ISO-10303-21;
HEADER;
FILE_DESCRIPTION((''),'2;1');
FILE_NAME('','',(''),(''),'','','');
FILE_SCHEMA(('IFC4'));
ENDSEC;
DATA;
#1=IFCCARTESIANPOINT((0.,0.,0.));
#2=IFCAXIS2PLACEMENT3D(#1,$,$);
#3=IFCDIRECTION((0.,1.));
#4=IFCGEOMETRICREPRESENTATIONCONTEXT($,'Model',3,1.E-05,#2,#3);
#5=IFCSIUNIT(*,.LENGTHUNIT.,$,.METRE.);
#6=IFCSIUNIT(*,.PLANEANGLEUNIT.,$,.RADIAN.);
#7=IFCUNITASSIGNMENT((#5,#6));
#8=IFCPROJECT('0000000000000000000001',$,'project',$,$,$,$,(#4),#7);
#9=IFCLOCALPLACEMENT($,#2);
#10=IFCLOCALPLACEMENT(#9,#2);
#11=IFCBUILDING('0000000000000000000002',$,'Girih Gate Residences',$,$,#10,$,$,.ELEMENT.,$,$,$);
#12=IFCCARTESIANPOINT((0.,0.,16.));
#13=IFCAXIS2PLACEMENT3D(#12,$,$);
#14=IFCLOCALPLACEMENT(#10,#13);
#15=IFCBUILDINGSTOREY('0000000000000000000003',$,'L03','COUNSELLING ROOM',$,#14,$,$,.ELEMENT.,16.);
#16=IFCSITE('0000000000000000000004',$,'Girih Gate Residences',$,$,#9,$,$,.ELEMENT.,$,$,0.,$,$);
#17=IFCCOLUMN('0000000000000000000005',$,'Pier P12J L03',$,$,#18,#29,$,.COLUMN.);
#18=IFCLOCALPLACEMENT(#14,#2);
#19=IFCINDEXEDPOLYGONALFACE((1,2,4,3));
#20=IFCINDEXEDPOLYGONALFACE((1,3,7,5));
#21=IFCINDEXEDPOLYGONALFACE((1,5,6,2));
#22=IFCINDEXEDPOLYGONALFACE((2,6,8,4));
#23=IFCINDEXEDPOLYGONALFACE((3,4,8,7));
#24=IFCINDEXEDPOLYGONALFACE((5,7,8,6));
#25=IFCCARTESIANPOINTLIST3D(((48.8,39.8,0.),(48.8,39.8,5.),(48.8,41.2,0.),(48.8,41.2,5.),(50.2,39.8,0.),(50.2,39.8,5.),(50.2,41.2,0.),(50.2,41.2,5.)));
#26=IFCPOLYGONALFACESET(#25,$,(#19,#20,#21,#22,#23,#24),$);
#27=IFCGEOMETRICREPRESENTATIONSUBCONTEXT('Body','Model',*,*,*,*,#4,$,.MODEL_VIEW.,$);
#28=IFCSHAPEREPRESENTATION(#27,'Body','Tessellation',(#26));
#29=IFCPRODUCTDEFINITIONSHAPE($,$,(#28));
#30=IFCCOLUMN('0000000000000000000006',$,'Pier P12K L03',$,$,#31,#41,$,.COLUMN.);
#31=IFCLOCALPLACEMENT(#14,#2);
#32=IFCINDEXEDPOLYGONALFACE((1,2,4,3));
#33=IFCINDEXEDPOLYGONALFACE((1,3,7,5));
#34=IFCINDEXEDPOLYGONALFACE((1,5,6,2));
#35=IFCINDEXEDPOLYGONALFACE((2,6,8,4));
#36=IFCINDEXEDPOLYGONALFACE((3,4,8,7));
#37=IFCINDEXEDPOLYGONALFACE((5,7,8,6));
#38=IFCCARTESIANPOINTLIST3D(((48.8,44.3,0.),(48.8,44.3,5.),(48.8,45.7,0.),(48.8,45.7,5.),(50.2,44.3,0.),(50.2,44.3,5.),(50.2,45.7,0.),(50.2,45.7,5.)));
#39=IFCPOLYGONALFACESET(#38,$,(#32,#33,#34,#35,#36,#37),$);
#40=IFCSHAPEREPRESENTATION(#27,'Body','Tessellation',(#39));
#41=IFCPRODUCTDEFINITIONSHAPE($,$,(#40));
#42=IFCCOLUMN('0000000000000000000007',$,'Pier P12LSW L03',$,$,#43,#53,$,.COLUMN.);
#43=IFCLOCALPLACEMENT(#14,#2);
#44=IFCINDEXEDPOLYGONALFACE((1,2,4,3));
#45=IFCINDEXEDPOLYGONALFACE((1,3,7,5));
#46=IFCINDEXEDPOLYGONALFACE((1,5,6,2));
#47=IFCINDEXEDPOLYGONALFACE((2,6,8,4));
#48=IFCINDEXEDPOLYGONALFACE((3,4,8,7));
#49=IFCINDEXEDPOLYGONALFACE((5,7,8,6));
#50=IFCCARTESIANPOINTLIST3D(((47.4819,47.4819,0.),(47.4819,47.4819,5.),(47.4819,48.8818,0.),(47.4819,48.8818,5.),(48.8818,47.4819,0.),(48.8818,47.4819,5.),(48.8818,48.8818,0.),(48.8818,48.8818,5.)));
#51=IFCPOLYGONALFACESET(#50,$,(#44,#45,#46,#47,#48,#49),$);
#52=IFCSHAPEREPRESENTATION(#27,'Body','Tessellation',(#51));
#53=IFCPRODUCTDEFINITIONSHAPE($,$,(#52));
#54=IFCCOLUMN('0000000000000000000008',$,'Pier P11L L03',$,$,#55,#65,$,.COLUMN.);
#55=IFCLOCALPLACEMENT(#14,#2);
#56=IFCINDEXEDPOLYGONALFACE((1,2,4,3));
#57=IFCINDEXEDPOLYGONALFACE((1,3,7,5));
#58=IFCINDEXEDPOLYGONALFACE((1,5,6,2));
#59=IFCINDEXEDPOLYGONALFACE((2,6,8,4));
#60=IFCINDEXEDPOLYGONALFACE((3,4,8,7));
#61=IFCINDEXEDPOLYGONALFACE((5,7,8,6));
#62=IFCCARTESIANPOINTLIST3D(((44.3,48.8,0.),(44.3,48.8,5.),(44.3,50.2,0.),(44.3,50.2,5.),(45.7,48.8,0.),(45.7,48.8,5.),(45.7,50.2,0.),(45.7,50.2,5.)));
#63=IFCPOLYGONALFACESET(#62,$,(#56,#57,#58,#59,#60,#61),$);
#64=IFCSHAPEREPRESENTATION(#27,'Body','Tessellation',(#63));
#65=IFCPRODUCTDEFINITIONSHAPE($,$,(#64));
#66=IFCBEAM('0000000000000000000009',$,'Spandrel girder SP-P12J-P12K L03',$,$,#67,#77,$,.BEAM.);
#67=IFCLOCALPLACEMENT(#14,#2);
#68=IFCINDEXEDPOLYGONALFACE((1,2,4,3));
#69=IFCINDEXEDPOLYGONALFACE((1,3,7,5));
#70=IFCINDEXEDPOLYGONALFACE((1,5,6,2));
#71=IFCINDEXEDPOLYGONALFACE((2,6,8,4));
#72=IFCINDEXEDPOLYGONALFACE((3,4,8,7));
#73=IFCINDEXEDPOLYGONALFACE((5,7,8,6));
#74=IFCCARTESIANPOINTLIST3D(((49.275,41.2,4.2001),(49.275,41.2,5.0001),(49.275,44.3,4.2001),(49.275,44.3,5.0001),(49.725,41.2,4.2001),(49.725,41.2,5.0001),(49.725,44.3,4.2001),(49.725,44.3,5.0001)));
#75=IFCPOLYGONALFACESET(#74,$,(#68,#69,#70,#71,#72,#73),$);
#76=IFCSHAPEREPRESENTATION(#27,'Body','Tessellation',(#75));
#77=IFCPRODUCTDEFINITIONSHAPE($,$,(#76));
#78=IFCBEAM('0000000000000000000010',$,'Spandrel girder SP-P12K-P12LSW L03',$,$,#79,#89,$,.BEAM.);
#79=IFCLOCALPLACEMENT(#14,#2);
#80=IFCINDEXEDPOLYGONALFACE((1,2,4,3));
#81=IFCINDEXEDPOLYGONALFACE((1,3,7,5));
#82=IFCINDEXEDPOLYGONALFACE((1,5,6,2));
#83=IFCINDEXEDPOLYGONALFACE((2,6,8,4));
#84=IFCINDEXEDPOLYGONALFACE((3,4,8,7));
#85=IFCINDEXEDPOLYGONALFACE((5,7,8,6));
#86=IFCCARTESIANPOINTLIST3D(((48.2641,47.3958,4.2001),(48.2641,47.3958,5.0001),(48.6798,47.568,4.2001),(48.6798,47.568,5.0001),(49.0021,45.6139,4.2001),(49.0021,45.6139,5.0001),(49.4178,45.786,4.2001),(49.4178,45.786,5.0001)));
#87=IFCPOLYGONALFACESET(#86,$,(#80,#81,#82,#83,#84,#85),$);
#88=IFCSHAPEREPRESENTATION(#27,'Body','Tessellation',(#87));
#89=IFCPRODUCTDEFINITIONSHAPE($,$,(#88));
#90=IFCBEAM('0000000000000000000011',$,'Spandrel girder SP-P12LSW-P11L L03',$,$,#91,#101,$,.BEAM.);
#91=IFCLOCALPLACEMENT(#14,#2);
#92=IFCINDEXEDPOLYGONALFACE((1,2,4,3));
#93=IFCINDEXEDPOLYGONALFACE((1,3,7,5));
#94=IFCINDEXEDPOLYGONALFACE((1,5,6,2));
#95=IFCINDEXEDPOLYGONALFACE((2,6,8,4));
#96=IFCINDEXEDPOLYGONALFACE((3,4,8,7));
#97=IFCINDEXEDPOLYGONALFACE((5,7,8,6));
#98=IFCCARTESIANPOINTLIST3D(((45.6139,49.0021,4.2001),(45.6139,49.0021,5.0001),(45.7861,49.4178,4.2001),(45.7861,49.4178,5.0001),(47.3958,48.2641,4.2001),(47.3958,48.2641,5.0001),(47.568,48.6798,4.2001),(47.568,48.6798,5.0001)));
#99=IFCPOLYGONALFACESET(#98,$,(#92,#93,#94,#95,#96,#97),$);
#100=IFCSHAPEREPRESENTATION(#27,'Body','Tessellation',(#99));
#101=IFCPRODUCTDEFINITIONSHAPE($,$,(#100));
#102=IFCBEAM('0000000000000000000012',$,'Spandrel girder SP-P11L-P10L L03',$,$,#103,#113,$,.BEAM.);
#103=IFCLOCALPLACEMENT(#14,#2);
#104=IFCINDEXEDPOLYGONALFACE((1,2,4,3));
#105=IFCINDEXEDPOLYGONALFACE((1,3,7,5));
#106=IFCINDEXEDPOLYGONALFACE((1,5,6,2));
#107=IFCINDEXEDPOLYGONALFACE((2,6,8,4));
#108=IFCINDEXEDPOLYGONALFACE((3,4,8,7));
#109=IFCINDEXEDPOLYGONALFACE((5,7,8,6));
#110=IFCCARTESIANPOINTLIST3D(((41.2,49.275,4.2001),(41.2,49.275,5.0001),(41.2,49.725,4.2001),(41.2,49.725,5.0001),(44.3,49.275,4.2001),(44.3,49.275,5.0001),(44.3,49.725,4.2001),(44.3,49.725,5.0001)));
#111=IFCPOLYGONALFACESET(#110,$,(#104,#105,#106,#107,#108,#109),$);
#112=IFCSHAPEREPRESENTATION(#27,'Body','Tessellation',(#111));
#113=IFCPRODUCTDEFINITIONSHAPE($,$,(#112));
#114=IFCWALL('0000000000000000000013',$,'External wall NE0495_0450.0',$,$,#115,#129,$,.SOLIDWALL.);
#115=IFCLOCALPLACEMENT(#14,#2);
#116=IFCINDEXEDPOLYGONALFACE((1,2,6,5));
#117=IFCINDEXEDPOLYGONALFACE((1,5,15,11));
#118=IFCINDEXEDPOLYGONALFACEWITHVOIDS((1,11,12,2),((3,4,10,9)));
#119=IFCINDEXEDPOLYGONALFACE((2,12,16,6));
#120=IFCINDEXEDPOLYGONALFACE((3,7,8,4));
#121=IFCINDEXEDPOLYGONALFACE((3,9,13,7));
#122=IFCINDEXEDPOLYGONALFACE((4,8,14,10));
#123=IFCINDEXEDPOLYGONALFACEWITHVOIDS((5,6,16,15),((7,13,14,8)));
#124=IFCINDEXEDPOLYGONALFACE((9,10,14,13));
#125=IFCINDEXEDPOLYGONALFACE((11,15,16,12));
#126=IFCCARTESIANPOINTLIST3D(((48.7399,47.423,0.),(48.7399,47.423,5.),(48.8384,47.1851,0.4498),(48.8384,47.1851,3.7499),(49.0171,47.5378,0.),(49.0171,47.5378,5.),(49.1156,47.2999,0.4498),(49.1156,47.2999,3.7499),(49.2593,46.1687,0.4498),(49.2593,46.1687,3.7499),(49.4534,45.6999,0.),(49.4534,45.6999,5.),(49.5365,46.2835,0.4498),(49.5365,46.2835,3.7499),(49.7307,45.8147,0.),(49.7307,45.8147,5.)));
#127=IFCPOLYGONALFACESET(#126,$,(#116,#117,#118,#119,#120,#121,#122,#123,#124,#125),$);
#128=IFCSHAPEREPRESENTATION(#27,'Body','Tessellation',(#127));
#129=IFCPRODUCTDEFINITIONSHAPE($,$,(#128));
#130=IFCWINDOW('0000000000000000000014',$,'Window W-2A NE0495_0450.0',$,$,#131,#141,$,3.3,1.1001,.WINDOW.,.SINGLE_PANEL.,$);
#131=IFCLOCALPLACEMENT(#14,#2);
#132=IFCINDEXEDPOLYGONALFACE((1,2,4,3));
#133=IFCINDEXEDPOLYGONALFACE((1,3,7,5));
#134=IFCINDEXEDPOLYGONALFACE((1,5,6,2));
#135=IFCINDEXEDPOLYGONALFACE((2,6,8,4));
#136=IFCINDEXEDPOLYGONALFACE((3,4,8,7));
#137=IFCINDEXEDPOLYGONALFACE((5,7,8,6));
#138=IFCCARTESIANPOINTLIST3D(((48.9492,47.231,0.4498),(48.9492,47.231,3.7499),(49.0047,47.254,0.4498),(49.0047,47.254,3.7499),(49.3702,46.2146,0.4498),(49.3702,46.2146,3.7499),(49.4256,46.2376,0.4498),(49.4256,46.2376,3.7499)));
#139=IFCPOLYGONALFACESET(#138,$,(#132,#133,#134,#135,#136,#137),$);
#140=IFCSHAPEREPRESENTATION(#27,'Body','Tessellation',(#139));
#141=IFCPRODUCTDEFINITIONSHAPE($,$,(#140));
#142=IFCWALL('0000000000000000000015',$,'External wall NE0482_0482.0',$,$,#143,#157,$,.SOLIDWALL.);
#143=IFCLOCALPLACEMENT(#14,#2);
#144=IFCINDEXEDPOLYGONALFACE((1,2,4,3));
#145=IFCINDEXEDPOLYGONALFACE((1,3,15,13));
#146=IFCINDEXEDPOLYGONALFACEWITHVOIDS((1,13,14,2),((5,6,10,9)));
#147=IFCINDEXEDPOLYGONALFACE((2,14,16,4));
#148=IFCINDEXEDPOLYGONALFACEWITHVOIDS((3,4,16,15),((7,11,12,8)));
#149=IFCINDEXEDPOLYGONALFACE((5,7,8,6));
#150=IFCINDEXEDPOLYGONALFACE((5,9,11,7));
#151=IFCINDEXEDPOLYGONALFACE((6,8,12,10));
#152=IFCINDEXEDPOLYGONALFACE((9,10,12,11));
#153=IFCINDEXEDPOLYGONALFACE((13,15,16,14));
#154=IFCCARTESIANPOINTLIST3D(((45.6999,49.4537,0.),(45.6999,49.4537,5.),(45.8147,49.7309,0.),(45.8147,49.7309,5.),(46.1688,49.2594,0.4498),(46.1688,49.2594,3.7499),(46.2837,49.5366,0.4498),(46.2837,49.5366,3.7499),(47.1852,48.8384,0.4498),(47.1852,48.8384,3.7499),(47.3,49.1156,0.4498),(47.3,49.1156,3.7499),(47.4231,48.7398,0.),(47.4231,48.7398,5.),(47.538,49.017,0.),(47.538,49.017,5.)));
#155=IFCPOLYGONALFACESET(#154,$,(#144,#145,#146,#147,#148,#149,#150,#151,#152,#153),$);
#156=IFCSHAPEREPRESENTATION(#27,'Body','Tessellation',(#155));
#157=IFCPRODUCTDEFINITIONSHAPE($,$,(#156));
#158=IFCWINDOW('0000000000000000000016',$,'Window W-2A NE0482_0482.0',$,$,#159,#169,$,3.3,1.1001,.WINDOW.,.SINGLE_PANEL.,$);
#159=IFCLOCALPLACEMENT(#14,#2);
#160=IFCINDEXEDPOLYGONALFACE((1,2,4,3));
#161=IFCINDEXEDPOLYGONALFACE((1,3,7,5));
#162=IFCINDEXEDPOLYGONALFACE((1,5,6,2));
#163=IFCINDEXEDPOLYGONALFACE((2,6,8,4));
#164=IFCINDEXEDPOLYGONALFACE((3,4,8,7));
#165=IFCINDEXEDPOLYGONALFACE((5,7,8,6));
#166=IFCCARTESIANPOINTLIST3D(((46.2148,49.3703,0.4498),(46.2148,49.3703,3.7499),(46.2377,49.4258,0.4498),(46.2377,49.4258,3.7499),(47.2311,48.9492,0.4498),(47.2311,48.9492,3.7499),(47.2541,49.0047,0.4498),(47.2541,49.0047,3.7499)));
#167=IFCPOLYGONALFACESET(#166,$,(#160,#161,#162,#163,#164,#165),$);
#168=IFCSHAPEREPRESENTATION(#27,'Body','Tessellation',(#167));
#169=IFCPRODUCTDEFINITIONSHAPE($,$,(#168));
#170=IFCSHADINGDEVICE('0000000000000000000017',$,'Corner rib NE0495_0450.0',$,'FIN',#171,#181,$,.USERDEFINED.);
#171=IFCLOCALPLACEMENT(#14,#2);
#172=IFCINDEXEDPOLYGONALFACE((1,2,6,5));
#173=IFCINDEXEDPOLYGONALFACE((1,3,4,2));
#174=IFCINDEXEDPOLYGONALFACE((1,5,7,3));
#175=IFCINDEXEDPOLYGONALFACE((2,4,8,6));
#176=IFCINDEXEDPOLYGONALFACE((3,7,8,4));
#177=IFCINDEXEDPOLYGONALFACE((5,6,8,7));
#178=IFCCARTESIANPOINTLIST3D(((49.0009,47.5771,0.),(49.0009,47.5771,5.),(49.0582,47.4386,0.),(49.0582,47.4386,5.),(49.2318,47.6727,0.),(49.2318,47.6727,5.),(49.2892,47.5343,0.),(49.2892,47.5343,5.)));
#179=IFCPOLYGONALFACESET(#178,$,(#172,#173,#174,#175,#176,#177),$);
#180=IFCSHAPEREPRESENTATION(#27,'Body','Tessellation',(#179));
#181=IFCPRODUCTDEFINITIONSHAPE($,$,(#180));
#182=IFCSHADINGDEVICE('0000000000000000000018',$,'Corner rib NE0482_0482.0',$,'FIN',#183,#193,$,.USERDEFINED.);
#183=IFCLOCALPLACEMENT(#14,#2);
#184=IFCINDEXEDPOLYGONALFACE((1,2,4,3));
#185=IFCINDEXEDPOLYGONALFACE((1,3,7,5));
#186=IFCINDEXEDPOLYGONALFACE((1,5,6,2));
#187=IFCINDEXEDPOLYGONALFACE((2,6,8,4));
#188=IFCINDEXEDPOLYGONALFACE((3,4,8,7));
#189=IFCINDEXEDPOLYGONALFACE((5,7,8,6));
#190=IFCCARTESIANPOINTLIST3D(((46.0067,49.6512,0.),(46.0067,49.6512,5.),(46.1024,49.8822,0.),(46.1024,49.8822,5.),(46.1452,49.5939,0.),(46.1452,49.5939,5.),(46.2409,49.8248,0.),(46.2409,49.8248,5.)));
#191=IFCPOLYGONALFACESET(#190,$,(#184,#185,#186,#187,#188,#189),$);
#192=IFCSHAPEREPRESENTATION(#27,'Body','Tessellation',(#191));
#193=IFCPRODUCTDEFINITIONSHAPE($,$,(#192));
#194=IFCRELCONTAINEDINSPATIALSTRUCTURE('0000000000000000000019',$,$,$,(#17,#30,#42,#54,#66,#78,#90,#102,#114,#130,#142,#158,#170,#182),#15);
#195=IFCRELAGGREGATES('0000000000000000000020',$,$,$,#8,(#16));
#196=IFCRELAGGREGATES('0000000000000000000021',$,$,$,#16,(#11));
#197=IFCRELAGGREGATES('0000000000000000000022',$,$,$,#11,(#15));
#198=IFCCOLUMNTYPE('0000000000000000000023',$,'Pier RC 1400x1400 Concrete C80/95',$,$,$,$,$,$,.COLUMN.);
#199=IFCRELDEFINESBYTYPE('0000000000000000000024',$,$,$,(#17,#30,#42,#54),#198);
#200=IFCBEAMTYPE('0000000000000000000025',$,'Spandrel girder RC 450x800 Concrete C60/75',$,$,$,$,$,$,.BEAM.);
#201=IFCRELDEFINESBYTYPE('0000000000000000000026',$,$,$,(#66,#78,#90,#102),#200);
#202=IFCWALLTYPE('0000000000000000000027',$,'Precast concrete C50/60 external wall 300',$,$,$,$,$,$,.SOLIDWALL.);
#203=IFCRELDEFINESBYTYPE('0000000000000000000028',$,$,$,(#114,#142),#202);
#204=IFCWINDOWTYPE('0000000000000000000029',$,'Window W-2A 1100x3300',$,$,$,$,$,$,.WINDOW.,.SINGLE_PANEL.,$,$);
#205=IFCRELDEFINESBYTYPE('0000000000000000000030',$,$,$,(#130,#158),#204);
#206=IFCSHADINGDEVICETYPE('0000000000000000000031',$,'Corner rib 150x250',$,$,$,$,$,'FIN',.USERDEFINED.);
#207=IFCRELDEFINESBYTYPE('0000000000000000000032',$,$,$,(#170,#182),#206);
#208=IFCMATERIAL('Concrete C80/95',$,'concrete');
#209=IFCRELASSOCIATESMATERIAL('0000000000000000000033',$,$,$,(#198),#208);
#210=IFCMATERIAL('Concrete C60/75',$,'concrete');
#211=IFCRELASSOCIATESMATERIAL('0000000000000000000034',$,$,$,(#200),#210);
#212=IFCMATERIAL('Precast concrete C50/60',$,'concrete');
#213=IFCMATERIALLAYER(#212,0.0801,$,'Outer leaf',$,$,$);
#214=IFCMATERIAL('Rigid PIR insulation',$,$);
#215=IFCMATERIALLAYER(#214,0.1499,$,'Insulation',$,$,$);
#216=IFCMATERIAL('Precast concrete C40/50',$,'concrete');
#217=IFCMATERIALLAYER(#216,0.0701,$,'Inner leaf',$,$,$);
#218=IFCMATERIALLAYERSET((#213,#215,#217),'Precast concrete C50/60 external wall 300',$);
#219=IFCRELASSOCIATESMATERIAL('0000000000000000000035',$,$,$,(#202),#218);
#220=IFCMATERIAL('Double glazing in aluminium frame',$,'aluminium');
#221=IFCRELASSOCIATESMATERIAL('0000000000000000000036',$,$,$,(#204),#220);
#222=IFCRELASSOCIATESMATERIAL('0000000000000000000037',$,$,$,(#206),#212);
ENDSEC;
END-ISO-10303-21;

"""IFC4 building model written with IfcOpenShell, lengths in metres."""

from ifc_helpers import new_model, si_unit, direction, frame, frame_2d, origin, origin_2d, place, context, subcontext, project, spatial, rectangle, extrude, material, layer, layer_set, material_profile, profile_set, type_object, element, fill, save


model = new_model("IFC4")

# Units and contexts
model_context = context("Model", 3, precision=1e-05, world=origin(), true_north=direction((0.0, 1.0)))
body_context = subcontext(model_context, "Body", "Model", "MODEL_VIEW")
ifc_project = project(units=[si_unit("LENGTHUNIT", "METRE"), si_unit("PLANEANGLEUNIT", "RADIAN")], contexts=[model_context])

# Site, building, storey
site_placement = place(None, origin())
site = spatial("IfcSite", under=ifc_project, at=site_placement, Name="Girih Gate Residences", CompositionType="ELEMENT", RefElevation=0.0)
building_placement = place(site_placement, origin())
building = spatial("IfcBuilding", under=site, at=building_placement, Name="Girih Gate Residences", CompositionType="ELEMENT")
storey_placement = place(building_placement, frame((0.0, 0.0, 16.0)))
storey = spatial("IfcBuildingStorey", under=building, at=storey_placement, Name="L03", Description="COUNSELLING ROOM", CompositionType="ELEMENT", Elevation=16.0)

# Columns
ifc_material_1 = material(Name="Concrete C80/95", Category="concrete")
ifc_material_profile_1 = material_profile(ifc_material_1, rectangle(XDim=1.3999, YDim=1.3999, at=origin_2d()))
ifc_profile_set_1 = profile_set([ifc_material_profile_1], Name="Concrete C80/95")
column_type = type_object("IfcColumnType", Name="Pier RC 1400x1400 Concrete C80/95", PredefinedType="COLUMN", material=ifc_profile_set_1)
for number, where, z_axis, x_axis, name in (
    (1, (49.5, 40.5, 0.0), (0.0, 0.0, 1.0), (1.0, 0.0, 0.0), "Pier P12J L03"),
    (2, (49.5, 45.0, 0.0), (0.0, 0.0, 1.0), (1.0, 0.0, 0.0), "Pier P12K L03"),
    (3, (48.1819, 48.1819, 0.0), (0.0, 0.0, 1.0), (1.0, 0.0, 0.0), "Pier P12LSW L03"),
    (4, (45.0, 49.5, 0.0), (0.0, 0.0, 1.0), (1.0, 0.0, 0.0), "Pier P11L L03"),
):
    element("IfcColumn", number, at=place(storey_placement, frame(where, z_axis=z_axis, x_axis=x_axis)), inside=storey, type_object=column_type, Name=name, PredefinedType="COLUMN", context=body_context, shape_type="SweptSolid", body=[
        extrude(rectangle(XDim=1.3999, YDim=1.3999, at=origin_2d()), origin(), (0.0, 0.0, 1.0), 5.0),
    ])

# Beams
ifc_material_2 = material(Name="Concrete C60/75", Category="concrete")
ifc_material_profile_2 = material_profile(ifc_material_2, rectangle(XDim=0.45, YDim=0.8, at=origin_2d()))
ifc_profile_set_2 = profile_set([ifc_material_profile_2], Name="Concrete C60/75")
beam_type = type_object("IfcBeamType", Name="Spandrel girder RC 450x800 Concrete C60/75", PredefinedType="BEAM", material=ifc_profile_set_2)
beam_1_placement = place(storey_placement, frame((49.5, 41.2, 4.6001), z_axis=(0.0, 1.0, 0.0), x_axis=(-1.0, 0.0, 0.0)))
element("IfcBeam", 5, at=beam_1_placement, inside=storey, type_object=beam_type, Name="Spandrel girder SP-P12J-P12K L03", PredefinedType="BEAM", context=body_context, shape_type="SweptSolid", body=[
    extrude(rectangle(XDim=0.45, YDim=0.8, at=origin_2d()), origin(), (0.0, 0.0, 1.0), 3.1001),
])
for number, where, z_axis, x_axis, name in (
    (6, (49.21, 45.7, 4.6001), (-0.382646, 0.923895, 0.0), (-0.923895, -0.382646, 0.0), "Spandrel girder SP-P12K-P12LSW L03"),
    (7, (47.4819, 48.4719, 4.6001), (-0.923895, 0.382646, 0.0), (-0.382646, -0.923895, 0.0), "Spandrel girder SP-P12LSW-P11L L03"),
):
    element("IfcBeam", number, at=place(storey_placement, frame(where, z_axis=z_axis, x_axis=x_axis)), inside=storey, type_object=beam_type, Name=name, PredefinedType="BEAM", context=body_context, shape_type="SweptSolid", body=[
        extrude(rectangle(XDim=0.45, YDim=0.8, at=origin_2d()), origin(), (0.0, 0.0, 1.0), 1.9287),
    ])
beam_2_placement = place(storey_placement, frame((44.3, 49.5, 4.6001), z_axis=(-1.0, 0.0, 0.0), x_axis=(0.0, -1.0, 0.0)))
element("IfcBeam", 8, at=beam_2_placement, inside=storey, type_object=beam_type, Name="Spandrel girder SP-P11L-P10L L03", PredefinedType="BEAM", context=body_context, shape_type="SweptSolid", body=[
    extrude(rectangle(XDim=0.45, YDim=0.8, at=origin_2d()), origin(), (0.0, 0.0, 1.0), 3.1001),
])

# Walls, openings, windows
ifc_material_3 = material(Name="Precast concrete C50/60", Category="concrete")
ifc_layer_1 = layer(ifc_material_3, 0.0801, Name="Outer leaf")
ifc_material_4 = material(Name="Rigid PIR insulation")
ifc_layer_2 = layer(ifc_material_4, 0.1499, Name="Insulation")
ifc_material_5 = material(Name="Precast concrete C40/50", Category="concrete")
ifc_layer_3 = layer(ifc_material_5, 0.0701, Name="Inner leaf")
ifc_layer_set = layer_set([ifc_layer_1, ifc_layer_2, ifc_layer_3], Name="Precast concrete C50/60 external wall 300")
wall_type = type_object("IfcWallType", Name="Precast concrete C50/60 external wall 300", PredefinedType="SOLIDWALL", material=ifc_layer_set)
wall_1_placement = place(storey_placement, frame((48.8784, 47.4805, 0.0), z_axis=(0.0, 0.0, 1.0), x_axis=(0.382625, -0.923904, 0.0)))
wall_1 = element("IfcWall", 9, at=wall_1_placement, inside=storey, type_object=wall_type, Name="External wall NE0495_0450.0", PredefinedType="SOLIDWALL", context=body_context, shape_type="SweptSolid", body=[
    extrude(rectangle(XDim=1.865, YDim=0.3, at=frame_2d((0.9326, 0.0))), origin(), (0.0, 0.0, 1.0), 5.0),
])
opening_1_placement = place(wall_1_placement, frame((0.2576, 0.0, 0.45)))
opening_1 = element("IfcOpeningElement", 10, at=opening_1_placement, cuts=wall_1, PredefinedType="OPENING", context=body_context, shape_type="SweptSolid", body=[
    extrude(rectangle(XDim=1.1001, YDim=3.3, at=frame_2d((0.55, 1.6499))), frame((0.0, 0.1599, 0.0), z_axis=(0.0, -1.0, 0.0), x_axis=(1.0, 0.0, 0.0)), (0.0, 0.0, 1.0), 0.3201),
])
ifc_material_6 = material(Name="Double glazing in aluminium frame", Category="aluminium")
window_type = type_object("IfcWindowType", Name="Window W-2A 1100x3300", PartitioningType="SINGLE_PANEL", PredefinedType="WINDOW", material=ifc_material_6)
window_1_placement = place(opening_1_placement, origin())
window_1 = element("IfcWindow", 11, at=window_1_placement, inside=storey, type_object=window_type, Name="Window W-2A NE0495_0450.0", OverallHeight=3.3, OverallWidth=1.1001, PartitioningType="SINGLE_PANEL", PredefinedType="WINDOW", context=body_context, shape_type="SweptSolid", body=[
    extrude(rectangle(XDim=1.1001, YDim=3.3, at=frame_2d((0.55, 1.6499))), frame((0.0, 0.03, 0.0), z_axis=(0.0, -1.0, 0.0), x_axis=(1.0, 0.0, 0.0)), (0.0, 0.0, 1.0), 0.0601),
])
fill(opening_1, window_1)
wall_2_placement = place(storey_placement, frame((45.7573, 49.5923, 0.0), z_axis=(0.0, 0.0, 1.0), x_axis=(0.923857, -0.382737, 0.0)))
wall_2 = element("IfcWall", 12, at=wall_2_placement, inside=storey, type_object=wall_type, Name="External wall NE0482_0482.0", PredefinedType="SOLIDWALL", context=body_context, shape_type="SweptSolid", body=[
    extrude(rectangle(XDim=1.8652, YDim=0.3, at=frame_2d((0.9326, 0.0))), origin(), (0.0, 0.0, 1.0), 5.0),
])
opening_2_placement = place(wall_2_placement, frame((0.5076, 0.0, 0.45)))
opening_2 = element("IfcOpeningElement", 13, at=opening_2_placement, cuts=wall_2, PredefinedType="OPENING", context=body_context, shape_type="SweptSolid", body=[
    extrude(rectangle(XDim=1.1001, YDim=3.3, at=frame_2d((0.55, 1.6499))), frame((0.0, 0.1599, 0.0), z_axis=(0.0, -1.0, 0.0), x_axis=(1.0, 0.0, 0.0)), (0.0, 0.0, 1.0), 0.3201),
])
window_2_placement = place(opening_2_placement, origin())
window_2 = element("IfcWindow", 14, at=window_2_placement, inside=storey, type_object=window_type, Name="Window W-2A NE0482_0482.0", OverallHeight=3.3, OverallWidth=1.1001, PartitioningType="SINGLE_PANEL", PredefinedType="WINDOW", context=body_context, shape_type="SweptSolid", body=[
    extrude(rectangle(XDim=1.1001, YDim=3.3, at=frame_2d((0.55, 1.6499))), frame((0.0, 0.03, 0.0), z_axis=(0.0, -1.0, 0.0), x_axis=(1.0, 0.0, 0.0)), (0.0, 0.0, 1.0), 0.0601),
])
fill(opening_2, window_2)

# Shading devices
shading_device_type = type_object("IfcShadingDeviceType", Name="Corner rib 150x250", ElementType="FIN", PredefinedType="USERDEFINED", material=ifc_material_3)
for number, where, z_axis, x_axis, name in (
    (15, (49.145, 47.5557, 0.0), (0.0, 0.0, 1.0), (-0.382683, 0.92388, 0.0), "Corner rib NE0495_0450.0"),
    (16, (46.1238, 49.738, 0.0), (0.0, 0.0, 1.0), (-0.92388, 0.382683, 0.0), "Corner rib NE0482_0482.0"),
):
    element("IfcShadingDevice", number, at=place(storey_placement, frame(where, z_axis=z_axis, x_axis=x_axis)), inside=storey, type_object=shading_device_type, Name=name, ObjectType="FIN", PredefinedType="USERDEFINED", context=body_context, shape_type="SweptSolid", body=[
        extrude(rectangle(XDim=0.1499, YDim=0.25, at=origin_2d()), origin(), (0.0, 0.0, 1.0), 5.0),
    ])

save(model, "model.ifc")
